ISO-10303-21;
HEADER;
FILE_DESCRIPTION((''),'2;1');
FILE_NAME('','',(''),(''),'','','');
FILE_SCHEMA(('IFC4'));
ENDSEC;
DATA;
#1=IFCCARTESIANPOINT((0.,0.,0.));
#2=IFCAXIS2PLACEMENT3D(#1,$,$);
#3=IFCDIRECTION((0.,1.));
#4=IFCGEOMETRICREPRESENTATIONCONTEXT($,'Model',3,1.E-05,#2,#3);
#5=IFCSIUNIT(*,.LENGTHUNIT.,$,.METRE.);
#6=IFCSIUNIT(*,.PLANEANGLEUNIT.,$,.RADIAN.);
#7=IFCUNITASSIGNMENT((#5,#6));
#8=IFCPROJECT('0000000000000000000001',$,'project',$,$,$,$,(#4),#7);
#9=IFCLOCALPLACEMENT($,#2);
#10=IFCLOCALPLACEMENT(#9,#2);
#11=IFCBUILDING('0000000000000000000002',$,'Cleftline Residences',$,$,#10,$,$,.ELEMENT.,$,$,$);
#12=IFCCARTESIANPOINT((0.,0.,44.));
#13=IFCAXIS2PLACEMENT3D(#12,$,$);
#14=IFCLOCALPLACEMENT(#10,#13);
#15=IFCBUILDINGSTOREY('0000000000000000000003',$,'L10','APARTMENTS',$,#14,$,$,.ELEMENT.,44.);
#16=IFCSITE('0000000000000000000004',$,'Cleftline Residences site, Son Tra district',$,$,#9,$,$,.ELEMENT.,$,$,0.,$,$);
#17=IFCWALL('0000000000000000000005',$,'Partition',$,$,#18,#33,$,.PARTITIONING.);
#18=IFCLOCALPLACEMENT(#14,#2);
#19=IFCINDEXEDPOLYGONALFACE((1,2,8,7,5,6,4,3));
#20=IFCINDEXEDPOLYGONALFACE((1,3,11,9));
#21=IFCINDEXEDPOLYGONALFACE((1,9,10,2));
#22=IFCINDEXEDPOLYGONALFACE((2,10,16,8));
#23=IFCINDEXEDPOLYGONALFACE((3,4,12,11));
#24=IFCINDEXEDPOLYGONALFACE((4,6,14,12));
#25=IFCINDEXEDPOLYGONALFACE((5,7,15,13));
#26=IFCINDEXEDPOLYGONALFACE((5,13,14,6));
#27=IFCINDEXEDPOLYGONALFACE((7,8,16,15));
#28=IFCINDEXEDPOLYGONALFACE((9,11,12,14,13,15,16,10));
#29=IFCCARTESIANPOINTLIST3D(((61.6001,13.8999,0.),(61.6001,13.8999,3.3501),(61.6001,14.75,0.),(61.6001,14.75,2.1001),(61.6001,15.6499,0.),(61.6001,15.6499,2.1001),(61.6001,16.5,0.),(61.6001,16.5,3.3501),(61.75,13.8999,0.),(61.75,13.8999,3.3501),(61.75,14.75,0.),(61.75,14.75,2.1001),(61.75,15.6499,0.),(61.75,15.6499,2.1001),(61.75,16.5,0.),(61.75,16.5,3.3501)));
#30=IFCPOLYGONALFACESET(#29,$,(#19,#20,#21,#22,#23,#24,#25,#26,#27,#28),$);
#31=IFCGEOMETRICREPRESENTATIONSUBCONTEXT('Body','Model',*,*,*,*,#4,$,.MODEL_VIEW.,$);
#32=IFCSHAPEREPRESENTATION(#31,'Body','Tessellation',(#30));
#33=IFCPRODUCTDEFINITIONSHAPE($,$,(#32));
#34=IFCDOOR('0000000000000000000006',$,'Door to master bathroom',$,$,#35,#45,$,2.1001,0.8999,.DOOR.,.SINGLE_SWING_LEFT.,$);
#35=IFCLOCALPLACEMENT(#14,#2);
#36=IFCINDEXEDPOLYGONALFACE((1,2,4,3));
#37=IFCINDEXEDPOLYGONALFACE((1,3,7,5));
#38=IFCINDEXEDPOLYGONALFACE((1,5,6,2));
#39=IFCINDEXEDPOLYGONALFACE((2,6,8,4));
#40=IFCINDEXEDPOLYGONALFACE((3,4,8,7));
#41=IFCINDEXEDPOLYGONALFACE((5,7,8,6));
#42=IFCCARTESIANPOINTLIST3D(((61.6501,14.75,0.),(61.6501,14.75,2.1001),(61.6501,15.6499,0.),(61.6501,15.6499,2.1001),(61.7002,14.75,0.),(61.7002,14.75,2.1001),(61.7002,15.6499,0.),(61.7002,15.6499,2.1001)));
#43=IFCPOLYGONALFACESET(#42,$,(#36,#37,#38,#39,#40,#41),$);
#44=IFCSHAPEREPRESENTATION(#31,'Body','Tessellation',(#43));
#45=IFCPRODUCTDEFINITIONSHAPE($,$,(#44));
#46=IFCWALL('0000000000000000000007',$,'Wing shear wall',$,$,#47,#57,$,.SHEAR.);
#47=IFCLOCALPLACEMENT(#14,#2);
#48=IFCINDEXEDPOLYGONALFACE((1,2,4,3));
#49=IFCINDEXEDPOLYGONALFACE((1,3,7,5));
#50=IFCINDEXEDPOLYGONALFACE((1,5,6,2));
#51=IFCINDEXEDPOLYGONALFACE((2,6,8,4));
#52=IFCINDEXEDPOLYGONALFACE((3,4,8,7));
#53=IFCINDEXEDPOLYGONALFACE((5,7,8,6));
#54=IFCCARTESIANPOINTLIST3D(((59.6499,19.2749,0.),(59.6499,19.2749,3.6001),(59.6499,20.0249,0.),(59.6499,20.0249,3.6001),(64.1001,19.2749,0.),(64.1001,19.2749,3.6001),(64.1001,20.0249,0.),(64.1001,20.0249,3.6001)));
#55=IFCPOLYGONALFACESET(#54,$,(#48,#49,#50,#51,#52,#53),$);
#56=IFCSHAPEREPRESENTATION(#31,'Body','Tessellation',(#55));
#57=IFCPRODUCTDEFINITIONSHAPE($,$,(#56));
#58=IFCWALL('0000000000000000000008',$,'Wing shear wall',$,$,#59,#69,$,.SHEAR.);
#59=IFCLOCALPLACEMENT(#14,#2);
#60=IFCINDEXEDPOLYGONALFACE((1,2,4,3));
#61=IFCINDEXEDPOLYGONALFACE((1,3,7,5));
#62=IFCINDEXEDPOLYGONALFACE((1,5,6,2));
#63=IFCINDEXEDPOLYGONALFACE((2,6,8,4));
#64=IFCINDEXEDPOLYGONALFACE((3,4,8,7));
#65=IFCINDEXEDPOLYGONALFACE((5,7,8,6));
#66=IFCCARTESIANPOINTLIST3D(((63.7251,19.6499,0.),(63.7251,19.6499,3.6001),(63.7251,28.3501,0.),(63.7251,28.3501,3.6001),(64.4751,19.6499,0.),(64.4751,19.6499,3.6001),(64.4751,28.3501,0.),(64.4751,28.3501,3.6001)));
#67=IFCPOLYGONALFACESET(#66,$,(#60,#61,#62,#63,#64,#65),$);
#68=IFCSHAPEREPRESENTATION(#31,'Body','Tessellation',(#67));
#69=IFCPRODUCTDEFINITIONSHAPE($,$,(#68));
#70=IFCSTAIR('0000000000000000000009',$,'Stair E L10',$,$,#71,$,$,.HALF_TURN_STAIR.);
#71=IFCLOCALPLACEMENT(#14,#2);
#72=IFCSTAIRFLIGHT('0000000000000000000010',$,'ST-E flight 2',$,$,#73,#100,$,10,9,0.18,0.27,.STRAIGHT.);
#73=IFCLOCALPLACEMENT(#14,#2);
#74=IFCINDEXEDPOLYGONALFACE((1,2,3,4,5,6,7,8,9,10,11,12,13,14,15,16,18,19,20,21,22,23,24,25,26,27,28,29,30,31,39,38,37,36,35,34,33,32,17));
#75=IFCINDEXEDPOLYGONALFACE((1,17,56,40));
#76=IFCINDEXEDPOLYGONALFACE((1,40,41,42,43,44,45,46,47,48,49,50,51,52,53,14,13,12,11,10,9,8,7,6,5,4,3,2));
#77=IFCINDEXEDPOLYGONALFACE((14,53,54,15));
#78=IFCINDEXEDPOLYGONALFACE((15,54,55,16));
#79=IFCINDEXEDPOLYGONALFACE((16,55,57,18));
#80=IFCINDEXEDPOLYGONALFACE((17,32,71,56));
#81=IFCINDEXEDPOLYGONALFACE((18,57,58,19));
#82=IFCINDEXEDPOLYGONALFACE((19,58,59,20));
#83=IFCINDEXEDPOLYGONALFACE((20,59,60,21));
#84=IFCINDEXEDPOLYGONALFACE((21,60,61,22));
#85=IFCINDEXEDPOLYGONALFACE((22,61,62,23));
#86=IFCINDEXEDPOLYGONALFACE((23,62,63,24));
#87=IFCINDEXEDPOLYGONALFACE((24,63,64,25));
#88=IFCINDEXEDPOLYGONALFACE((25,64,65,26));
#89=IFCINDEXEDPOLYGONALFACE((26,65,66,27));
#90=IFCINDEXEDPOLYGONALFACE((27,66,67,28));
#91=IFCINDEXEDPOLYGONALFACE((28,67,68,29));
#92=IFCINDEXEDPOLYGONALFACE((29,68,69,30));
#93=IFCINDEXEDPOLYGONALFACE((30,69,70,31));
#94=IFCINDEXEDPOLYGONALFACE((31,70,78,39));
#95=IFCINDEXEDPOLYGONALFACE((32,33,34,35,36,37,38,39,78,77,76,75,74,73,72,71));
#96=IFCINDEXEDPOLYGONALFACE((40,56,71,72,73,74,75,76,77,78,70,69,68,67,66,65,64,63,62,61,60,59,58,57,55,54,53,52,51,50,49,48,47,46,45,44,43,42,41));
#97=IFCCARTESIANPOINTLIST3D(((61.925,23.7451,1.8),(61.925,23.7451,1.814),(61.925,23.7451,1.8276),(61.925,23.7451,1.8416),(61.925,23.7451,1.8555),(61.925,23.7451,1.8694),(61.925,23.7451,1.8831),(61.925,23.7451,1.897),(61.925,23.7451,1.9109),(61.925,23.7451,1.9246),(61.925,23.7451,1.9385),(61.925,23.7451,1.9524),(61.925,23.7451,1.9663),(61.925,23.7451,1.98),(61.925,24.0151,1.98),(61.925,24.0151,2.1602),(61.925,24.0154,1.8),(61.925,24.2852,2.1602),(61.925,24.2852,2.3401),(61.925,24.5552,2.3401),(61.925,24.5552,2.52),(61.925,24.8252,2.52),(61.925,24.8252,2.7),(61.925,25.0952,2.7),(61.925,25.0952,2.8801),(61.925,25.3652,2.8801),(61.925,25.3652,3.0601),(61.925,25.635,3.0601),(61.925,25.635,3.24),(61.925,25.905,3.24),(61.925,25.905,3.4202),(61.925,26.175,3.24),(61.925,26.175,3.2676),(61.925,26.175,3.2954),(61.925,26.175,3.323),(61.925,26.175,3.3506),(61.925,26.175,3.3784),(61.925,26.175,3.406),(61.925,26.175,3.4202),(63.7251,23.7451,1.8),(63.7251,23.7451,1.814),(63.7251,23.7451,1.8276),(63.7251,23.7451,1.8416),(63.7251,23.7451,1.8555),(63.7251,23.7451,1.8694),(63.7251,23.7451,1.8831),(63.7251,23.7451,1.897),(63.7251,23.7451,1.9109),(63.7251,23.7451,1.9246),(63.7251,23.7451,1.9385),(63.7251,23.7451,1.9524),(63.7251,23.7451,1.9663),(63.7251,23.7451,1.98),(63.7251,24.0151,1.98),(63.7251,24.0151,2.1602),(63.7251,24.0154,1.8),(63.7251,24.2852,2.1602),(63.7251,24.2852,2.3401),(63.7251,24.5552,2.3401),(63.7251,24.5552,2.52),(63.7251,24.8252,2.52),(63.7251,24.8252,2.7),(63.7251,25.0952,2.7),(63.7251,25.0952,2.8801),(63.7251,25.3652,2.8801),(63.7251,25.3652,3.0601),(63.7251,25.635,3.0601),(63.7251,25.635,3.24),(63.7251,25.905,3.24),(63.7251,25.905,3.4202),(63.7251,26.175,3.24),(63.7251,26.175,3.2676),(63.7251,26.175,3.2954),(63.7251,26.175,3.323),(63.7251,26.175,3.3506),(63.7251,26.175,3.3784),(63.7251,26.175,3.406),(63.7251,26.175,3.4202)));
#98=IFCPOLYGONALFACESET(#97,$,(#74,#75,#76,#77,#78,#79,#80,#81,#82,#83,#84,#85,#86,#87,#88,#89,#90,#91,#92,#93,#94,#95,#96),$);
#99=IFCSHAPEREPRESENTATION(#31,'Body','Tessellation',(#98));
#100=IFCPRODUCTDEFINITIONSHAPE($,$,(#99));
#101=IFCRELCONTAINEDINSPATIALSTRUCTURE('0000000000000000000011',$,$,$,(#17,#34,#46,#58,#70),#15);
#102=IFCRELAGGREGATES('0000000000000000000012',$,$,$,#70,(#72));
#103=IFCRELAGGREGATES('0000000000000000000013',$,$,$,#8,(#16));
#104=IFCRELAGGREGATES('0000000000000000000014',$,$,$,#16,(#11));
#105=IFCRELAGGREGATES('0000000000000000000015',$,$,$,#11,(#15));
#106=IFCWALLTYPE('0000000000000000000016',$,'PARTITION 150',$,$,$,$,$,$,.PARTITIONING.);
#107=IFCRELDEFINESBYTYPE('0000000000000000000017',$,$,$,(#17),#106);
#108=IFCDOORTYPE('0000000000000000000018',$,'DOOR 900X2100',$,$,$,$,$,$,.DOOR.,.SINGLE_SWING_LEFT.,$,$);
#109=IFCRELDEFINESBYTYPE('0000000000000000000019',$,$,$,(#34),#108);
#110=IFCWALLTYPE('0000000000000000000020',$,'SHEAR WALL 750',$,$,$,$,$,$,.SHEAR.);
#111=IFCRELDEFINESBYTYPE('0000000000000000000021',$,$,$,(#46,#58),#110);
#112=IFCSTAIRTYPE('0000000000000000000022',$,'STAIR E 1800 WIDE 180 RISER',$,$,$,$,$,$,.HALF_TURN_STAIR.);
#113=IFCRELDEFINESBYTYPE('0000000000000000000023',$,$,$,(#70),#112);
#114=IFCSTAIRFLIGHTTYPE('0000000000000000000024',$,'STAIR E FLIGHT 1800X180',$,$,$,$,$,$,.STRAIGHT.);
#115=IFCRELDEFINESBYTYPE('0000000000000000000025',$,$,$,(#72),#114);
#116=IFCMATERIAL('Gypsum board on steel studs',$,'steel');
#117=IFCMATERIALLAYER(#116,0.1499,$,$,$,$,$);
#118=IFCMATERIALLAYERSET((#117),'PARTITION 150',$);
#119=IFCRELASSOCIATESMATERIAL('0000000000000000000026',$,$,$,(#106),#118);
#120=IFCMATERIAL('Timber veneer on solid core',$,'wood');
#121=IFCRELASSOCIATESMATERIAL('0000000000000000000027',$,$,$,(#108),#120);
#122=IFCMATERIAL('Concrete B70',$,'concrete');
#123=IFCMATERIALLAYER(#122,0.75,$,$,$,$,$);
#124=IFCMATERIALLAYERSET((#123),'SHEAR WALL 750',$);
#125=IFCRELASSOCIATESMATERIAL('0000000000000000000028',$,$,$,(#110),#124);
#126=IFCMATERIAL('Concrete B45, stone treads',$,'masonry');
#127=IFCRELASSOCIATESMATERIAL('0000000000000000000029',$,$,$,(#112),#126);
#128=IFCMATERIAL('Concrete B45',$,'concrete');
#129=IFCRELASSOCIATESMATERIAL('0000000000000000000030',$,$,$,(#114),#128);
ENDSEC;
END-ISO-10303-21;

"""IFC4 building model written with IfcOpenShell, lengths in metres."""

from ifc_helpers import new_model, si_unit, direction, frame, frame_2d, origin, place, context, subcontext, project, spatial, polyline, rectangle, outline, extrude, material, layer, layer_set, type_object, element, fill, aggregate, save


model = new_model("IFC4")

# Units and contexts
model_context = context("Model", 3, precision=1e-05, world=origin(), true_north=direction((0.0, 1.0)))
body_context = subcontext(model_context, "Body", "Model", "MODEL_VIEW")
ifc_project = project(units=[si_unit("LENGTHUNIT", "METRE"), si_unit("PLANEANGLEUNIT", "RADIAN")], contexts=[model_context])

# Site, building, storey
site_placement = place(None, origin())
site = spatial("IfcSite", under=ifc_project, at=site_placement, Name="Cleftline Residences site, Son Tra district", CompositionType="ELEMENT", RefElevation=0.0)
building_placement = place(site_placement, origin())
building = spatial("IfcBuilding", under=site, at=building_placement, Name="Cleftline Residences", CompositionType="ELEMENT")
storey_placement = place(building_placement, frame((0.0, 0.0, 44.0)))
storey = spatial("IfcBuildingStorey", under=building, at=storey_placement, Name="L10", Description="APARTMENTS", CompositionType="ELEMENT", Elevation=44.0)

# Shared definitions
ifc_material_1 = material(Name="Gypsum board on steel studs", Category="steel")
ifc_layer_1 = layer(ifc_material_1, 0.1499)
ifc_layer_set_1 = layer_set([ifc_layer_1], Name="PARTITION 150")
wall_type_1 = type_object("IfcWallType", Name="PARTITION 150", PredefinedType="PARTITIONING", material=ifc_layer_set_1)

# Wall, opening, door
wall_1_placement = place(storey_placement, frame((61.675, 13.8999, 0.0), z_axis=(0.0, 0.0, 1.0), x_axis=(0.0, 1.0, 0.0)))
wall_1 = element("IfcWall", 1, at=wall_1_placement, inside=storey, type_object=wall_type_1, Name="Partition", PredefinedType="PARTITIONING", context=body_context, shape_type="SweptSolid", body=[
    extrude(rectangle(XDim=2.6001, YDim=0.1499, at=frame_2d((1.3, 0.0))), origin(), (0.0, 0.0, 1.0), 3.3501),
])
opening_1_placement = place(wall_1_placement, frame((0.8501, 0.0, 0.0)))
opening_1 = element("IfcOpeningElement", 2, at=opening_1_placement, cuts=wall_1, PredefinedType="OPENING", context=body_context, shape_type="SweptSolid", body=[
    extrude(rectangle(XDim=0.8999, YDim=2.1001, at=frame_2d((0.45, 1.05))), frame((0.0, 0.085, 0.0), z_axis=(0.0, -1.0, 0.0), x_axis=(1.0, 0.0, 0.0)), (0.0, 0.0, 1.0), 0.1699),
])
ifc_material_2 = material(Name="Timber veneer on solid core", Category="wood")
door_type_1 = type_object("IfcDoorType", Name="DOOR 900X2100", OperationType="SINGLE_SWING_LEFT", PredefinedType="DOOR", material=ifc_material_2)
door_1_placement = place(opening_1_placement, origin())
door_1 = element("IfcDoor", 3, at=door_1_placement, inside=storey, type_object=door_type_1, Name="Door to master bathroom", OperationType="SINGLE_SWING_LEFT", OverallHeight=2.1001, OverallWidth=0.8999, PredefinedType="DOOR", context=body_context, shape_type="SweptSolid", body=[
    extrude(rectangle(XDim=0.8999, YDim=2.1001, at=frame_2d((0.45, 1.05))), frame((0.0, 0.0249, 0.0), z_axis=(0.0, -1.0, 0.0), x_axis=(1.0, 0.0, 0.0)), (0.0, 0.0, 1.0), 0.05),
])
fill(opening_1, door_1)

# Walls
ifc_material_3 = material(Name="Concrete B70", Category="concrete")
ifc_layer_2 = layer(ifc_material_3, 0.75)
ifc_layer_set_2 = layer_set([ifc_layer_2], Name="SHEAR WALL 750")
wall_type_2 = type_object("IfcWallType", Name="SHEAR WALL 750", PredefinedType="SHEAR", material=ifc_layer_set_2)
wall_2_placement = place(storey_placement, frame((59.6499, 19.6499, 0.0), z_axis=(0.0, 0.0, 1.0), x_axis=(1.0, 0.0, 0.0)))
element("IfcWall", 4, at=wall_2_placement, inside=storey, type_object=wall_type_2, Name="Wing shear wall", PredefinedType="SHEAR", context=body_context, shape_type="SweptSolid", body=[
    extrude(rectangle(XDim=4.4502, YDim=0.75, at=frame_2d((2.2251, 0.0))), origin(), (0.0, 0.0, 1.0), 3.6001),
])
wall_3_placement = place(storey_placement, frame((64.1001, 19.6499, 0.0), z_axis=(0.0, 0.0, 1.0), x_axis=(0.0, 1.0, 0.0)))
element("IfcWall", 5, at=wall_3_placement, inside=storey, type_object=wall_type_2, Name="Wing shear wall", PredefinedType="SHEAR", context=body_context, shape_type="SweptSolid", body=[
    extrude(rectangle(XDim=8.7002, YDim=0.75, at=frame_2d((4.3501, 0.0))), origin(), (0.0, 0.0, 1.0), 3.6001),
])

# Stair, stair flight
ifc_material_4 = material(Name="Concrete B45, stone treads", Category="masonry")
stair_type = type_object("IfcStairType", Name="STAIR E 1800 WIDE 180 RISER", PredefinedType="HALF_TURN_STAIR", material=ifc_material_4)
stair_placement = place(storey_placement, origin())
stair = element("IfcStair", 6, at=stair_placement, inside=storey, type_object=stair_type, Name="Stair E L10", PredefinedType="HALF_TURN_STAIR")
ifc_material_5 = material(Name="Concrete B45", Category="concrete")
stair_flight_type = type_object("IfcStairFlightType", Name="STAIR E FLIGHT 1800X180", PredefinedType="STRAIGHT", material=ifc_material_5)
stair_flight_placement = place(storey_placement, frame((62.825, 23.7451, 1.8), z_axis=(0.0, 0.0, 1.0), x_axis=(0.0, 1.0, 0.0)))
stair_flight = element("IfcStairFlight", 7, at=stair_flight_placement, type_object=stair_flight_type, Name="ST-E flight 2", NumberOfRisers=10, NumberOfTreads=9, PredefinedType="STRAIGHT", RiserHeight=0.18, TreadLength=0.27, context=body_context, shape_type="SweptSolid", body=[
    extrude(outline(polyline([(0.0, 0.0), (0.0, 0.0139), (0.0, 0.0276), (0.0, 0.0415), (0.0, 0.0554), (0.0, 0.0693), (0.0, 0.083), (0.0, 0.0969), (0.0, 0.1108), (0.0, 0.1245), (0.0, 0.1384), (0.0, 0.1523), (0.0, 0.1663), (0.0, 0.1799), (0.27, 0.1799), (0.27, 0.3601), (0.54, 0.3601), (0.54, 0.54), (0.8101, 0.54), (0.8101, 0.72), (1.0801, 0.72), (1.0801, 0.8999), (1.3501, 0.8999), (1.3501, 1.0801), (1.6201, 1.0801), (1.6201, 1.26), (1.8899, 1.26), (1.8899, 1.4399), (2.1599, 1.4399), (2.1599, 1.6201), (2.4299, 1.6201), (2.4299, 1.8), (2.4299, 1.7722), (2.4299, 1.7446), (2.4299, 1.7168), (2.4299, 1.6892), (2.4299, 1.6614), (2.4299, 1.6338), (2.4299, 1.606), (2.4299, 1.5784), (2.4299, 1.5505), (2.4299, 1.5229), (2.4299, 1.4954), (2.4299, 1.4675), (2.4299, 1.4399), (0.2703, 0.0), (0.0, 0.0)])), frame((0.0, 0.8999, 0.0), z_axis=(0.0, -1.0, 0.0), x_axis=(1.0, 0.0, 0.0)), (0.0, 0.0, 1.0), 1.8),
])
aggregate(stair, [stair_flight])

save(model, "model.ifc")
